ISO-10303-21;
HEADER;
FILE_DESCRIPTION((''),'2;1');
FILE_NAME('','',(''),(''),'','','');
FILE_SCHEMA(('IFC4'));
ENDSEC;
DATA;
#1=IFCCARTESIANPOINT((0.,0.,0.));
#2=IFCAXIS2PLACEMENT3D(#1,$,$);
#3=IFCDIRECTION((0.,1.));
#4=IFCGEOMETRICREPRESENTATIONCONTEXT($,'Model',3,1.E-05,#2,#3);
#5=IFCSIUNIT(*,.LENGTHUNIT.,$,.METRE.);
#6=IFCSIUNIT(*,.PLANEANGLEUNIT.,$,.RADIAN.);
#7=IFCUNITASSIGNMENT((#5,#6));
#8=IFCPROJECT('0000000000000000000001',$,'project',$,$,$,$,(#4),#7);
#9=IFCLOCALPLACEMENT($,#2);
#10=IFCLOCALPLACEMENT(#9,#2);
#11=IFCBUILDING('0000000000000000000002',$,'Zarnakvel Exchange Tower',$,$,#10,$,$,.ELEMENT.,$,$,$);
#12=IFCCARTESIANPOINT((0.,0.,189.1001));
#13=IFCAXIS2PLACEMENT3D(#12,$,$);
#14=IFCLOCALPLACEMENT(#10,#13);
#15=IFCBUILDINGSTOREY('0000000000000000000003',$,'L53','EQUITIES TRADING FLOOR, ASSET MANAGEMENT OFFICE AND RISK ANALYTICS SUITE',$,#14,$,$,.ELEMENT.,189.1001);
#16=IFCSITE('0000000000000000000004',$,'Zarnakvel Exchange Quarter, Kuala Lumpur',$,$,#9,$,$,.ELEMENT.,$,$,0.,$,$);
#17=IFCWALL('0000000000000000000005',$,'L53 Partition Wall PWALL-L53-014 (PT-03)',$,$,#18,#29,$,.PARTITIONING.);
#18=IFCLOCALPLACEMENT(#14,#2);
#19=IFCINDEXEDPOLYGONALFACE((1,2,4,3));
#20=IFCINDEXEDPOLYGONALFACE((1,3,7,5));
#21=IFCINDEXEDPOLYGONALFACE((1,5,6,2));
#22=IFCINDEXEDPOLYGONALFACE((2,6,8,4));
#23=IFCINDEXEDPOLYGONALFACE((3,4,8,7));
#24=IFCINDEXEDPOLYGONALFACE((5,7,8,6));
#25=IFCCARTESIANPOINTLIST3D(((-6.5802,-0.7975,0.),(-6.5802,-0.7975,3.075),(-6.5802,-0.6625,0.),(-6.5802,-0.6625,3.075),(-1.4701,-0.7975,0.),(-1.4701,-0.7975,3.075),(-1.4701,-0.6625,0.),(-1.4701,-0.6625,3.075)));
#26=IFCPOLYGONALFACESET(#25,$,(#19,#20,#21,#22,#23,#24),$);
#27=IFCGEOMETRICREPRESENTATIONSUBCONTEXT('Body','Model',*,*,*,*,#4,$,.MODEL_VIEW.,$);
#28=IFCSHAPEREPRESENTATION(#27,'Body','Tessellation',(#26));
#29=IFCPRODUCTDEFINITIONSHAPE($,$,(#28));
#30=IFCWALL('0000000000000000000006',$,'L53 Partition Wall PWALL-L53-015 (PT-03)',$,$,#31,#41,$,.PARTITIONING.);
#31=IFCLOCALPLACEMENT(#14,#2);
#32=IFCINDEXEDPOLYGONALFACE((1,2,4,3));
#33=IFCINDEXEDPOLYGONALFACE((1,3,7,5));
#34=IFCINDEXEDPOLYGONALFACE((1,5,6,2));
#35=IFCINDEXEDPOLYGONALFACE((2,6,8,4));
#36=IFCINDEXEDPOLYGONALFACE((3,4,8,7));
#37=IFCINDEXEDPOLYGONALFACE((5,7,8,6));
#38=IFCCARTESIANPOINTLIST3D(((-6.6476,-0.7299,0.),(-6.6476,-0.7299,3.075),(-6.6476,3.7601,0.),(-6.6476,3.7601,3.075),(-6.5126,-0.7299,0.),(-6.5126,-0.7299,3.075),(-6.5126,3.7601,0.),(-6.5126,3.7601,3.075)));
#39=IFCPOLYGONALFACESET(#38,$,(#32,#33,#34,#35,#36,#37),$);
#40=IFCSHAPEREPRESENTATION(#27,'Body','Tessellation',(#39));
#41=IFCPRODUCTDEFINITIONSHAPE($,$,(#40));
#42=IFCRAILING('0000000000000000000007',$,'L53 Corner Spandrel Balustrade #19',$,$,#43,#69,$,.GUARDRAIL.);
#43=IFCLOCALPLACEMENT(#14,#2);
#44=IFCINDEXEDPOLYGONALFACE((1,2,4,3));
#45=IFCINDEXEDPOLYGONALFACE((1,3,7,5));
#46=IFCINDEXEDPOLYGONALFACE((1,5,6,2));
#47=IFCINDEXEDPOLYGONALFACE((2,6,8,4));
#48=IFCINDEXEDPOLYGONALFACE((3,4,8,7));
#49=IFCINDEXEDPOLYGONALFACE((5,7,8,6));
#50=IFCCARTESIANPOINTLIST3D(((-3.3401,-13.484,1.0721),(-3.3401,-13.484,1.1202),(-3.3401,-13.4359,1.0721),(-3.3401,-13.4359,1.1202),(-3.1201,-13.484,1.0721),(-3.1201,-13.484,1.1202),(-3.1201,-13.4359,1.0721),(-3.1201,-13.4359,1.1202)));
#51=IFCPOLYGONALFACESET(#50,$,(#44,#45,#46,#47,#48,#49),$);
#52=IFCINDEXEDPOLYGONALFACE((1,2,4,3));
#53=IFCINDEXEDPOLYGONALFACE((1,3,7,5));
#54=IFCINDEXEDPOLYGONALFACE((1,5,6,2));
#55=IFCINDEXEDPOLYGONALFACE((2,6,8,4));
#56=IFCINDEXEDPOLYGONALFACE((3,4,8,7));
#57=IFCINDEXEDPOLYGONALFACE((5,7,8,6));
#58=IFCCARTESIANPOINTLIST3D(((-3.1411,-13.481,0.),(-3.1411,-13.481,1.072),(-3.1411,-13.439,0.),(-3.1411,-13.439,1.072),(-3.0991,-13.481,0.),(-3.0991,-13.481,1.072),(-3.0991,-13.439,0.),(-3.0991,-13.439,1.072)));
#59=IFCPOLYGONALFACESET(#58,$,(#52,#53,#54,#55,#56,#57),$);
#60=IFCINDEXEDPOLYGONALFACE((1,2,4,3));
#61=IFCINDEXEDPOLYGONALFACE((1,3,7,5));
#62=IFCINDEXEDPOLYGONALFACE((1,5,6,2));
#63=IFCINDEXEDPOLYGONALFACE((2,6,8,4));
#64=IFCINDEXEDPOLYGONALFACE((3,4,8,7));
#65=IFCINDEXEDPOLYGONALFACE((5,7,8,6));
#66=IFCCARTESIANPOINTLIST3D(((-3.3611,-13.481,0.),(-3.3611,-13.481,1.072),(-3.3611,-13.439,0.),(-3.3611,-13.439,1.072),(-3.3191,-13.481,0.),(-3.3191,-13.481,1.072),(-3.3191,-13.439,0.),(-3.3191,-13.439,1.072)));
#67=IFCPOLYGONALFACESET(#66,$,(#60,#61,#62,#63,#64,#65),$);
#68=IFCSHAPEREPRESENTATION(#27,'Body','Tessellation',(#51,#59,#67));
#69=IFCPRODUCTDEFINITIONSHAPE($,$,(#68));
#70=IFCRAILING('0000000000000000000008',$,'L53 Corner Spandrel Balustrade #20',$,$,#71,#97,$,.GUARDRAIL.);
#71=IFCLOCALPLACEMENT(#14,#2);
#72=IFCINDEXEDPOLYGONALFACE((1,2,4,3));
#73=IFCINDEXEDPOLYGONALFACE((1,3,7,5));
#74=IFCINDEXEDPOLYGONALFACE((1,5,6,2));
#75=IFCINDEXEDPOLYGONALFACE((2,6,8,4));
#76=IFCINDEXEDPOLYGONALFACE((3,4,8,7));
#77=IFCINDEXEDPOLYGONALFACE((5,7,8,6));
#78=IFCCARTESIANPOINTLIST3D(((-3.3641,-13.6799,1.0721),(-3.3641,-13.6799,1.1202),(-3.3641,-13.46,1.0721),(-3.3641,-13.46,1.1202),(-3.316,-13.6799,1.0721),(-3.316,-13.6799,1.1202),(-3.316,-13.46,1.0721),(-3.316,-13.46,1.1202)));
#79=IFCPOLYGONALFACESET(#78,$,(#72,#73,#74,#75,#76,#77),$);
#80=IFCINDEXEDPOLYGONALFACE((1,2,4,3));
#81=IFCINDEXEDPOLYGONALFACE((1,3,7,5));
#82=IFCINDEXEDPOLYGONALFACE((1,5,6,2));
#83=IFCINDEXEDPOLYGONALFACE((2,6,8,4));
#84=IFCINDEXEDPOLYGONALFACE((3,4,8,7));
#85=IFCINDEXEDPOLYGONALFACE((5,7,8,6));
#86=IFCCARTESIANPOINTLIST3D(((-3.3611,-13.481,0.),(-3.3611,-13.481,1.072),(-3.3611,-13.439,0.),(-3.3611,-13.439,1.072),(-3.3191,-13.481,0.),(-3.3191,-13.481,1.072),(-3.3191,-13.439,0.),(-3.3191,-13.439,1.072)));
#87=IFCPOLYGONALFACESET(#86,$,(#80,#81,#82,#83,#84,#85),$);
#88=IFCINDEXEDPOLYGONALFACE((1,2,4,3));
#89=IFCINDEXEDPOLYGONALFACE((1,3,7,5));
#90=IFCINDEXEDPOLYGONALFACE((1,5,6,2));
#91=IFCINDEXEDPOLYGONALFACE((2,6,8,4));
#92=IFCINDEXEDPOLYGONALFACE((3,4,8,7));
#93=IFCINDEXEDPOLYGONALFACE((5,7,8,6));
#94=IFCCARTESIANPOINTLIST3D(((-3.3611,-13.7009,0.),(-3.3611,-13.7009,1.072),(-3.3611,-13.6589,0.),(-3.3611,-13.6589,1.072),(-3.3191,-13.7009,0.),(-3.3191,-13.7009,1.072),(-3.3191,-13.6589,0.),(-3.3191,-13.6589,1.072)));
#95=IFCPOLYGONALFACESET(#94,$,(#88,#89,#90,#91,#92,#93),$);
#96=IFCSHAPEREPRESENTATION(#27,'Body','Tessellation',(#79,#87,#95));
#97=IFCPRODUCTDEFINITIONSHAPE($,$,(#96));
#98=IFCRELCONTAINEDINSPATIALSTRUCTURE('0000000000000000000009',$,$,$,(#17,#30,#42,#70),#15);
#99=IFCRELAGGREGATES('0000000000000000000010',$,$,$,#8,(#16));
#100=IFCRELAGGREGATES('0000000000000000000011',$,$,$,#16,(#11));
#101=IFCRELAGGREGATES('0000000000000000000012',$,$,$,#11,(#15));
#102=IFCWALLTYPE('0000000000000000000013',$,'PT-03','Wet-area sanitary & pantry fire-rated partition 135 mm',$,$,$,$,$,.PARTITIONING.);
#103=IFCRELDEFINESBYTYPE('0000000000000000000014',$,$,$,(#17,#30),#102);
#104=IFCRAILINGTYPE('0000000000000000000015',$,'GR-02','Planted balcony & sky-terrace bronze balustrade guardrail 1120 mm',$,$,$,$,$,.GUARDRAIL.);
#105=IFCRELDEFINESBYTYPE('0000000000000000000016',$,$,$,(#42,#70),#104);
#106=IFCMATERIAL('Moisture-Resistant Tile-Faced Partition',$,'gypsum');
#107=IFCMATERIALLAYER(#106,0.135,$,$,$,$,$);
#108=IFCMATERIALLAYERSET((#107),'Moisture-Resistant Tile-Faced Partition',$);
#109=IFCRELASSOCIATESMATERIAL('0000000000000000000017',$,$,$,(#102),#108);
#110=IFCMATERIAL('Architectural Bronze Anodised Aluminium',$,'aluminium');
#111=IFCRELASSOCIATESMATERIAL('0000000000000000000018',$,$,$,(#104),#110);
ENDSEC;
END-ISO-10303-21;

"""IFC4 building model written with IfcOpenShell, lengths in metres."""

from ifc_helpers import new_model, si_unit, direction, frame, frame_2d, origin, origin_2d, place, context, subcontext, project, spatial, rectangle, extrude, material, layer, layer_set, type_object, element, save


model = new_model("IFC4")

# Units and contexts
model_context = context("Model", 3, precision=1e-05, world=origin(), true_north=direction((0.0, 1.0)))
body_context = subcontext(model_context, "Body", "Model", "MODEL_VIEW")
ifc_project = project(units=[si_unit("LENGTHUNIT", "METRE"), si_unit("PLANEANGLEUNIT", "RADIAN")], contexts=[model_context])

# Site, building, storey
site_placement = place(None, origin())
site = spatial("IfcSite", under=ifc_project, at=site_placement, Name="Zarnakvel Exchange Quarter, Kuala Lumpur", CompositionType="ELEMENT", RefElevation=0.0)
building_placement = place(site_placement, origin())
building = spatial("IfcBuilding", under=site, at=building_placement, Name="Zarnakvel Exchange Tower", CompositionType="ELEMENT")
storey_placement = place(building_placement, frame((0.0, 0.0, 189.1001)))
storey = spatial("IfcBuildingStorey", under=building, at=storey_placement, Name="L53", Description="EQUITIES TRADING FLOOR, ASSET MANAGEMENT OFFICE AND RISK ANALYTICS SUITE", CompositionType="ELEMENT", Elevation=189.1001)

# Walls
ifc_material_1 = material(Name="Moisture-Resistant Tile-Faced Partition", Category="gypsum")
ifc_layer_1 = layer(ifc_material_1, 0.135)
ifc_layer_set_1 = layer_set([ifc_layer_1], Name="Moisture-Resistant Tile-Faced Partition")
wall_type_1 = type_object("IfcWallType", Name="PT-03", Description="Wet-area sanitary & pantry fire-rated partition 135 mm", PredefinedType="PARTITIONING", material=ifc_layer_set_1)
wall_1_placement = place(storey_placement, frame((-1.47, -0.73, 0.0), z_axis=(0.0, 0.0, 1.0), x_axis=(-1.0, 0.0, 0.0)))
element("IfcWall", 1, at=wall_1_placement, inside=storey, type_object=wall_type_1, Name="L53 Partition Wall PWALL-L53-014 (PT-03)", PredefinedType="PARTITIONING", context=body_context, shape_type="SweptSolid", body=[
    extrude(rectangle(XDim=5.1101, YDim=0.135, at=frame_2d((2.5552, 0.0))), origin(), (0.0, 0.0, 1.0), 3.075),
])
wall_2_placement = place(storey_placement, frame((-6.5801, -0.73, 0.0), z_axis=(0.0, 0.0, 1.0), x_axis=(0.0, 1.0, 0.0)))
element("IfcWall", 2, at=wall_2_placement, inside=storey, type_object=wall_type_1, Name="L53 Partition Wall PWALL-L53-015 (PT-03)", PredefinedType="PARTITIONING", context=body_context, shape_type="SweptSolid", body=[
    extrude(rectangle(XDim=4.49, YDim=0.135, at=frame_2d((2.2451, 0.0))), origin(), (0.0, 0.0, 1.0), 3.075),
])

# Railings
ifc_material_2 = material(Name="Architectural Bronze Anodised Aluminium", Category="aluminium")
railing_type_1 = type_object("IfcRailingType", Name="GR-02", Description="Planted balcony & sky-terrace bronze balustrade guardrail 1120 mm", PredefinedType="GUARDRAIL", material=ifc_material_2)
railing_1_placement = place(storey_placement, frame((-3.1201, -13.46, 0.0)))
element("IfcRailing", 3, at=railing_1_placement, inside=storey, type_object=railing_type_1, Name="L53 Corner Spandrel Balustrade #19", PredefinedType="GUARDRAIL", context=body_context, shape_type="SweptSolid", body=[
    extrude(rectangle(XDim=0.0481, YDim=0.0481, at=origin_2d()), frame((0.0, 0.0, 1.0962), z_axis=(-1.0, 0.0, 0.0), x_axis=(0.0, -1.0, 0.0)), (0.0, 0.0, 1.0), 0.22),
    extrude(rectangle(XDim=0.042, YDim=0.042, at=origin_2d()), origin(), (0.0, 0.0, 1.0), 1.072),
    extrude(rectangle(XDim=0.042, YDim=0.042, at=origin_2d()), frame((-0.22, 0.0, 0.0)), (0.0, 0.0, 1.0), 1.072),
])
railing_2_placement = place(storey_placement, frame((-3.3401, -13.46, 0.0)))
element("IfcRailing", 4, at=railing_2_placement, inside=storey, type_object=railing_type_1, Name="L53 Corner Spandrel Balustrade #20", PredefinedType="GUARDRAIL", context=body_context, shape_type="SweptSolid", body=[
    extrude(rectangle(XDim=0.0481, YDim=0.0481, at=origin_2d()), frame((0.0, 0.0, 1.0962), z_axis=(0.0, -1.0, 0.0), x_axis=(1.0, 0.0, 0.0)), (0.0, 0.0, 1.0), 0.22),
    extrude(rectangle(XDim=0.042, YDim=0.042, at=origin_2d()), origin(), (0.0, 0.0, 1.0), 1.072),
    extrude(rectangle(XDim=0.042, YDim=0.042, at=origin_2d()), frame((0.0, -0.22, 0.0)), (0.0, 0.0, 1.0), 1.072),
])

save(model, "model.ifc")
